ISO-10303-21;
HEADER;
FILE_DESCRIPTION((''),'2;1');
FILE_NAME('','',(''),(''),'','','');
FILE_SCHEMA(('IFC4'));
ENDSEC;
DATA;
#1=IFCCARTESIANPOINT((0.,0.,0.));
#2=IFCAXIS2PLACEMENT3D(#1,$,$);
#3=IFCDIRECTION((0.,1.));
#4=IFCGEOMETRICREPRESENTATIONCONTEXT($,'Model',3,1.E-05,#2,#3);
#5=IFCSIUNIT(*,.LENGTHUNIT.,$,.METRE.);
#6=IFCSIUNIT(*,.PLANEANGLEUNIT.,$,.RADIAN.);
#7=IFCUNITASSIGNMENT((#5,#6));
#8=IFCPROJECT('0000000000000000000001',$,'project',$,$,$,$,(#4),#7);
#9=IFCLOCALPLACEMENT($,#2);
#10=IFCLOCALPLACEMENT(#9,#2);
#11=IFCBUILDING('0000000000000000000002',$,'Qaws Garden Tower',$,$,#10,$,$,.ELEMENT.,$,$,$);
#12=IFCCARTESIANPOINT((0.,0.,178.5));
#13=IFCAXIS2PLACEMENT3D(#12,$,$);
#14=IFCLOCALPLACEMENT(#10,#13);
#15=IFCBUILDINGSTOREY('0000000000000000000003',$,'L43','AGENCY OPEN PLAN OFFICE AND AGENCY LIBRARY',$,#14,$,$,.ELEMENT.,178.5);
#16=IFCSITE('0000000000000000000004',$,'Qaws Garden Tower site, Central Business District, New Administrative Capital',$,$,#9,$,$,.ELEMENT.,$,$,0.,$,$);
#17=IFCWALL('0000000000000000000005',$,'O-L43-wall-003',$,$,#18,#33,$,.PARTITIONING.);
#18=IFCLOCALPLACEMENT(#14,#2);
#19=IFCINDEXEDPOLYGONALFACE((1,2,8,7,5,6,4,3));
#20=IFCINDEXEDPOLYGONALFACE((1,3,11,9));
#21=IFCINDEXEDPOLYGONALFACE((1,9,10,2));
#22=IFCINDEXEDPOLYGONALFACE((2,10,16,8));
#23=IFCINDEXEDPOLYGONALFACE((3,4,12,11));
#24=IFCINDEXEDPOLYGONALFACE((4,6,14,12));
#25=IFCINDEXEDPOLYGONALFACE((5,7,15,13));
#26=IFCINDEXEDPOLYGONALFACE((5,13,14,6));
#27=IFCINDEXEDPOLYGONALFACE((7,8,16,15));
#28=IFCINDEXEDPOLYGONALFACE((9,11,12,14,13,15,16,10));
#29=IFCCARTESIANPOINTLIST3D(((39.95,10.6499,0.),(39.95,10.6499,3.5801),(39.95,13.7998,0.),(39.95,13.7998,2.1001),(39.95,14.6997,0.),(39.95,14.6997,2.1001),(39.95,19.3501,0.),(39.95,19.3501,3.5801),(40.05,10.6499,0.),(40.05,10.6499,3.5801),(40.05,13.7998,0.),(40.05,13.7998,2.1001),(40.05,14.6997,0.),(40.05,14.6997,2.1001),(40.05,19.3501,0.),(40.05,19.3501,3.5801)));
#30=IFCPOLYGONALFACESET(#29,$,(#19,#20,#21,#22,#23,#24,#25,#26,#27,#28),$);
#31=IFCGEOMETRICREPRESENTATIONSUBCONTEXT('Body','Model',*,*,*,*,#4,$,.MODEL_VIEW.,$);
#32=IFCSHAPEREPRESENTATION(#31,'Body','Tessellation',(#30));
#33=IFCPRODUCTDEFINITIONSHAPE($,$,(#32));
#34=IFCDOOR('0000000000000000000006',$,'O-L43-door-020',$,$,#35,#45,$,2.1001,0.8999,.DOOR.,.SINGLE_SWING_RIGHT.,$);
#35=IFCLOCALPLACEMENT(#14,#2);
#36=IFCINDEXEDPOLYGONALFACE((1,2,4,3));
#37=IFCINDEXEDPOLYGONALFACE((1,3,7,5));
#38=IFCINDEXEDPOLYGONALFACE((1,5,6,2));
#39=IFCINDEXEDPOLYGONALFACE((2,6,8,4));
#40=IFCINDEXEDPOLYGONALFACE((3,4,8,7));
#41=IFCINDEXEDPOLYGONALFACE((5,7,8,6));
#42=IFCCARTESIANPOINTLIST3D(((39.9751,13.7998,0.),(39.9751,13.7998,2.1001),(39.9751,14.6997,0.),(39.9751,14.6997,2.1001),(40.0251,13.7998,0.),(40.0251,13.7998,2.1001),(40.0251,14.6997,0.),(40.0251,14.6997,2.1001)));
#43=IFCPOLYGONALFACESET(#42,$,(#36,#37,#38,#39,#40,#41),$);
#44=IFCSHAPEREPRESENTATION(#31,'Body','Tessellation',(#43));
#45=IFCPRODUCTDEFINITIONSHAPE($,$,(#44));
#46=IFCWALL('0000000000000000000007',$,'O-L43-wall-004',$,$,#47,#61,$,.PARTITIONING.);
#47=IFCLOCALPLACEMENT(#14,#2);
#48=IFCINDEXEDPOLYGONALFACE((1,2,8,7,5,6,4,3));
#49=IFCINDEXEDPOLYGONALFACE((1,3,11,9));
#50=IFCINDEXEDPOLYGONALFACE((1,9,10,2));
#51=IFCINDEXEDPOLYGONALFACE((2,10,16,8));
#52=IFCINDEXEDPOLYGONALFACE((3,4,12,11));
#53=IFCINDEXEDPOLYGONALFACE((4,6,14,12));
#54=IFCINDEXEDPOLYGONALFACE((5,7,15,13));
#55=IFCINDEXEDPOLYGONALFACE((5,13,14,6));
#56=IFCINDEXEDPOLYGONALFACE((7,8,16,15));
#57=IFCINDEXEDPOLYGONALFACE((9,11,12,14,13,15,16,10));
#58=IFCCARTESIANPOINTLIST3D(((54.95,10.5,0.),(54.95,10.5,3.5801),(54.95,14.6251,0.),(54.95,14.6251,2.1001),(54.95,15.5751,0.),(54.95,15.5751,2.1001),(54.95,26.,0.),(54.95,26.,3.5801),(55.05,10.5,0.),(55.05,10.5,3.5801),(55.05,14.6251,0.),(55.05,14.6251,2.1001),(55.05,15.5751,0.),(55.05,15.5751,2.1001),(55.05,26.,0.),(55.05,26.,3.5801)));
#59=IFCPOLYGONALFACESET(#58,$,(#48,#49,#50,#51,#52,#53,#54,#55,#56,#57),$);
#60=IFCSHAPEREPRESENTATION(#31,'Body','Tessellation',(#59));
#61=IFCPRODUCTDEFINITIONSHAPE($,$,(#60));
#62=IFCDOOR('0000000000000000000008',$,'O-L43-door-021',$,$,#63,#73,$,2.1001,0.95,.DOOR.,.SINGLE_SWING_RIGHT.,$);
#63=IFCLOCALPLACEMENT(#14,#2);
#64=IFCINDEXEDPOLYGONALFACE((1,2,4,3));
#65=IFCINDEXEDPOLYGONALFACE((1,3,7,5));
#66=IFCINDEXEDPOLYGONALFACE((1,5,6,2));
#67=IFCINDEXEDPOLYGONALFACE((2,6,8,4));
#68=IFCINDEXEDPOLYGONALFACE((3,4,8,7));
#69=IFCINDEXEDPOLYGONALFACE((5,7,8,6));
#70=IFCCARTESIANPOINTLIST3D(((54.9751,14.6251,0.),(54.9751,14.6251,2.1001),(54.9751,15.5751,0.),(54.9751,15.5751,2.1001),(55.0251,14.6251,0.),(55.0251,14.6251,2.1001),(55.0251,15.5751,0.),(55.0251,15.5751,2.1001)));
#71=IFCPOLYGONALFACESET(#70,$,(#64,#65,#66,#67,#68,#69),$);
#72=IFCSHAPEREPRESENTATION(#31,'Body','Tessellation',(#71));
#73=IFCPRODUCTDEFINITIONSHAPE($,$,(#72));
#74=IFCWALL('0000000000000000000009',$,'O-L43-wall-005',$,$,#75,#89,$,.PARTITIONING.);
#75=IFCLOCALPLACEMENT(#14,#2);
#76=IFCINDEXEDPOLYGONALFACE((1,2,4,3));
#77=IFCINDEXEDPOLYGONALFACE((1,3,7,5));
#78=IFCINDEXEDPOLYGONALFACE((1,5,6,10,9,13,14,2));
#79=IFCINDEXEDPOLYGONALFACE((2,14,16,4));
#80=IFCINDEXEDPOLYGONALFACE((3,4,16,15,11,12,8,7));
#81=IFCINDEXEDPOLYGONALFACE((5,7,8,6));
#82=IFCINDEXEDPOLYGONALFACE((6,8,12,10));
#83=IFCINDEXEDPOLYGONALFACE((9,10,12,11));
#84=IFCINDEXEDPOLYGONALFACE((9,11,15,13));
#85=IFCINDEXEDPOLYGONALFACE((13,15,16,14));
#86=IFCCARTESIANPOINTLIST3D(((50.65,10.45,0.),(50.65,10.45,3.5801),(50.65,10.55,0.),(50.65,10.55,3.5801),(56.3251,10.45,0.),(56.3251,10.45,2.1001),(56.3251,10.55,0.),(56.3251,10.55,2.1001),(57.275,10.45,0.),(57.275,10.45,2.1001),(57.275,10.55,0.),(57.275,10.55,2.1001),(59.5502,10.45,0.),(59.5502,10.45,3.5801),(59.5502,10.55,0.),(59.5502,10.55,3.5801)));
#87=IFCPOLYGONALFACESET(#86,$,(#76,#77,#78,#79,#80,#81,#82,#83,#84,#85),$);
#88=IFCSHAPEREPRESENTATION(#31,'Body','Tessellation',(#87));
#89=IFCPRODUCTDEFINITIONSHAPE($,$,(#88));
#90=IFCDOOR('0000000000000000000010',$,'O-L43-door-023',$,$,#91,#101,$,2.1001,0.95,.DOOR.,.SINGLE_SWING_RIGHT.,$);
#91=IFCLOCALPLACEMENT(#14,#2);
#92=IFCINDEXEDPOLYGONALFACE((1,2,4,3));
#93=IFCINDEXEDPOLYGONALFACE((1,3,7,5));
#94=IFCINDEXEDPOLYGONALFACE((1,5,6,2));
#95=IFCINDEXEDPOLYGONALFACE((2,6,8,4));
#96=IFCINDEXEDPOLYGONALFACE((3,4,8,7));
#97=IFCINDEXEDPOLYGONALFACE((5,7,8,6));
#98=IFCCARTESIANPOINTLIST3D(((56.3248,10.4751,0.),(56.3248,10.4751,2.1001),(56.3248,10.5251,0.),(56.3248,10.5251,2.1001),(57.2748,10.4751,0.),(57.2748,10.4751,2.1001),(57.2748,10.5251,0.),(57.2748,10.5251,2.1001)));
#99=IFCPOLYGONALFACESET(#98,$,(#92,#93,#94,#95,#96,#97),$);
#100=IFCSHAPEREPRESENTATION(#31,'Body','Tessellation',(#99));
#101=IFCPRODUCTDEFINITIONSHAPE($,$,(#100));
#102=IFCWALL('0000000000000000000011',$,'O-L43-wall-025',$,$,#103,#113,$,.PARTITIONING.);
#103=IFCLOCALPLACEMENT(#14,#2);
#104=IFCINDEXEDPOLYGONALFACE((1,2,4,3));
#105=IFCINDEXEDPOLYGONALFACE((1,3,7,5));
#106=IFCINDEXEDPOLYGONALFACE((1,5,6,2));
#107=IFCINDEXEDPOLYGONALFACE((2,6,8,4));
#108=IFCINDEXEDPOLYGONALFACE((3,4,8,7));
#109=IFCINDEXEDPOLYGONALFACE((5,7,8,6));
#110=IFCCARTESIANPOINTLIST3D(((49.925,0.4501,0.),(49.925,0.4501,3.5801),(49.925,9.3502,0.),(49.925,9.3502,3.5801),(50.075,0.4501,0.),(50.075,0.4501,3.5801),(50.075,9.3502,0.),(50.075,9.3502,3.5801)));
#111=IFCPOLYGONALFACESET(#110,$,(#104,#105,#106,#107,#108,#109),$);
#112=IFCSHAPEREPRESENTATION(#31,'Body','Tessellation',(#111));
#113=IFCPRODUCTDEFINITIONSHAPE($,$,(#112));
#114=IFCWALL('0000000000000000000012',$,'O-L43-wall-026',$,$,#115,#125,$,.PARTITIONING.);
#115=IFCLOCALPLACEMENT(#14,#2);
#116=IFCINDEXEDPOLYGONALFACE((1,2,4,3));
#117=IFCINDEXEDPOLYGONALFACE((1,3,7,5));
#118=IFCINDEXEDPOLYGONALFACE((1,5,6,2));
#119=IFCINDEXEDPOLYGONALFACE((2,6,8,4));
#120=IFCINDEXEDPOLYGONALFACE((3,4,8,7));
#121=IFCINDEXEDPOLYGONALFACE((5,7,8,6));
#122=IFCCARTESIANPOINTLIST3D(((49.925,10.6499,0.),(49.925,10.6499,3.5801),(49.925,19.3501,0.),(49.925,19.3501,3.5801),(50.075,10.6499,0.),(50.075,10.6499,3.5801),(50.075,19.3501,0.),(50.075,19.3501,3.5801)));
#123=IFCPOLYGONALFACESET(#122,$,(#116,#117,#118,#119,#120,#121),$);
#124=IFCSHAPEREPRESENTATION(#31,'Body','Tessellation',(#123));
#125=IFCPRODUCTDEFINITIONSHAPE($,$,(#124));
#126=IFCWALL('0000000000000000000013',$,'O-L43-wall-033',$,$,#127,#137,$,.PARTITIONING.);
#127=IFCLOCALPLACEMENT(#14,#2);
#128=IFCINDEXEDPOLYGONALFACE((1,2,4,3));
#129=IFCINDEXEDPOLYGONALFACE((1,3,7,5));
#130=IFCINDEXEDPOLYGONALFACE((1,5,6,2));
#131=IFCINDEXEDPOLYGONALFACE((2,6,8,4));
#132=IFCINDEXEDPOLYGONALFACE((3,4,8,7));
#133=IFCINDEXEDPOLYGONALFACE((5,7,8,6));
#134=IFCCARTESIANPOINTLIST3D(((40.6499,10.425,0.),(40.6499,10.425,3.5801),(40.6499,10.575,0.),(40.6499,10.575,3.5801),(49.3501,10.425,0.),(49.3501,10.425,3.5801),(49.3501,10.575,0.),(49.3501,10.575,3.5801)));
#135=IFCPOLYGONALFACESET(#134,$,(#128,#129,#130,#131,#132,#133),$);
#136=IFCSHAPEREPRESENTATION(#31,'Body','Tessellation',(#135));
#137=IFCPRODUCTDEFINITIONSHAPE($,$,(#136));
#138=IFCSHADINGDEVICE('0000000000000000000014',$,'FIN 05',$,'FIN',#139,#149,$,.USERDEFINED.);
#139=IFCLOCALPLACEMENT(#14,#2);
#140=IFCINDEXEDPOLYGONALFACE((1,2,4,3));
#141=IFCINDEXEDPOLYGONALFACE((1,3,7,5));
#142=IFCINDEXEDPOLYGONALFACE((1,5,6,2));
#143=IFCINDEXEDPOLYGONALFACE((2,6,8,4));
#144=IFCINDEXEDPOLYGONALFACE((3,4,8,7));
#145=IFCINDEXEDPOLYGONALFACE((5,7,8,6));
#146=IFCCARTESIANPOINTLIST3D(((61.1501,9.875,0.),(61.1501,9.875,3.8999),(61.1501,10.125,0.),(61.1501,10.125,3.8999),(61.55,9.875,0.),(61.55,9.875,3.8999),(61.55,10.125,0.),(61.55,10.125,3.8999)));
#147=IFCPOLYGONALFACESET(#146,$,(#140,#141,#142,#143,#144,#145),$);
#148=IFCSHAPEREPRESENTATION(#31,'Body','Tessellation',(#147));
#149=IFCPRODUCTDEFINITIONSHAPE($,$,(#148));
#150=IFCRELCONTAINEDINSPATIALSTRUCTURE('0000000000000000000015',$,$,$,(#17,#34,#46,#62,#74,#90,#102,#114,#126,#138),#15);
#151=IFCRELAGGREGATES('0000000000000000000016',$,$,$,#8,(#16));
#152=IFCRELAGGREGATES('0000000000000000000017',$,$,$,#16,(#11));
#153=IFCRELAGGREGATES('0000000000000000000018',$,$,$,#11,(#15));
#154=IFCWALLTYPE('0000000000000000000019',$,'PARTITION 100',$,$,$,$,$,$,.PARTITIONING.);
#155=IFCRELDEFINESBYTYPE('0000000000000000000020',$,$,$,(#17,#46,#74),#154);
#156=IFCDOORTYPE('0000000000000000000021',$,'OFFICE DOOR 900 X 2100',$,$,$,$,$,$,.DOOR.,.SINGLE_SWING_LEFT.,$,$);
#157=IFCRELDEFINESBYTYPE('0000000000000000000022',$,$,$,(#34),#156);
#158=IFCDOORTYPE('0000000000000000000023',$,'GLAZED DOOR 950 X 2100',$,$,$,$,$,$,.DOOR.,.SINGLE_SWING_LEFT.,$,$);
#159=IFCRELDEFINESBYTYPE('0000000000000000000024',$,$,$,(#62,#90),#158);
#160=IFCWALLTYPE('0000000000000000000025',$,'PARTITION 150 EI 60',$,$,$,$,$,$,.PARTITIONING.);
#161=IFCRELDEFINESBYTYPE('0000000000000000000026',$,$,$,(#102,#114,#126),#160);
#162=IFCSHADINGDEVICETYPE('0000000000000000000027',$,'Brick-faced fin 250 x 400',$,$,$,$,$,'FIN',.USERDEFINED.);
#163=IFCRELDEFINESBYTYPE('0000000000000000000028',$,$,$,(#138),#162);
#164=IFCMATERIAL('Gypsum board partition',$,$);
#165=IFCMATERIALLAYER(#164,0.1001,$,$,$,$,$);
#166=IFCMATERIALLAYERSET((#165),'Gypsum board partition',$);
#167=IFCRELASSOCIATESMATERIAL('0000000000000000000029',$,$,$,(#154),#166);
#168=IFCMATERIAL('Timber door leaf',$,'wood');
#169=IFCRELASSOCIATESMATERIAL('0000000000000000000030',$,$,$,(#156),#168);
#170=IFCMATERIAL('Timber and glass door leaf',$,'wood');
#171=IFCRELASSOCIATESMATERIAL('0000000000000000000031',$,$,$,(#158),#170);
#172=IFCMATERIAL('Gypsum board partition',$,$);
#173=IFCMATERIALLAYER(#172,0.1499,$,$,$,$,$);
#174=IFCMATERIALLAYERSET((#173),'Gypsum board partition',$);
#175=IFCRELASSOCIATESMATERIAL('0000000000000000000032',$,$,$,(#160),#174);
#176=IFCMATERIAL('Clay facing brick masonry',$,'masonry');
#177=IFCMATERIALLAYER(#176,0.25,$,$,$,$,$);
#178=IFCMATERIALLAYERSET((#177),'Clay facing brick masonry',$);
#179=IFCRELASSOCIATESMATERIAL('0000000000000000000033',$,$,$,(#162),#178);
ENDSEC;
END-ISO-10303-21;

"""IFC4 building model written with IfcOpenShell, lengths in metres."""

from ifc_helpers import new_model, si_unit, direction, frame, frame_2d, origin, origin_2d, place, context, subcontext, project, spatial, rectangle, extrude, material, layer, layer_set, type_object, element, fill, save


model = new_model("IFC4")

# Units and contexts
model_context = context("Model", 3, precision=1e-05, world=origin(), true_north=direction((0.0, 1.0)))
body_context = subcontext(model_context, "Body", "Model", "MODEL_VIEW")
ifc_project = project(units=[si_unit("LENGTHUNIT", "METRE"), si_unit("PLANEANGLEUNIT", "RADIAN")], contexts=[model_context])

# Site, building, storey
site_placement = place(None, origin())
site = spatial("IfcSite", under=ifc_project, at=site_placement, Name="Qaws Garden Tower site, Central Business District, New Administrative Capital", CompositionType="ELEMENT", RefElevation=0.0)
building_placement = place(site_placement, origin())
building = spatial("IfcBuilding", under=site, at=building_placement, Name="Qaws Garden Tower", CompositionType="ELEMENT")
storey_placement = place(building_placement, frame((0.0, 0.0, 178.5)))
storey = spatial("IfcBuildingStorey", under=building, at=storey_placement, Name="L43", Description="AGENCY OPEN PLAN OFFICE AND AGENCY LIBRARY", CompositionType="ELEMENT", Elevation=178.5)

# Walls, openings, doors
ifc_material_1 = material(Name="Gypsum board partition")
ifc_layer_1 = layer(ifc_material_1, 0.1001)
ifc_layer_set_1 = layer_set([ifc_layer_1], Name="Gypsum board partition")
wall_type_1 = type_object("IfcWallType", Name="PARTITION 100", PredefinedType="PARTITIONING", material=ifc_layer_set_1)
wall_1_placement = place(storey_placement, frame((40.0, 10.6499, 0.0), z_axis=(0.0, 0.0, 1.0), x_axis=(0.0, 1.0, 0.0)))
wall_1 = element("IfcWall", 1, at=wall_1_placement, inside=storey, type_object=wall_type_1, Name="O-L43-wall-003", PredefinedType="PARTITIONING", context=body_context, shape_type="SweptSolid", body=[
    extrude(rectangle(XDim=8.7002, YDim=0.1001, at=frame_2d((4.3501, 0.0))), origin(), (0.0, 0.0, 1.0), 3.5801),
])
opening_1_placement = place(wall_1_placement, frame((3.1499, 0.0, 0.0)))
opening_1 = element("IfcOpeningElement", 2, at=opening_1_placement, cuts=wall_1, PredefinedType="OPENING", context=body_context, shape_type="SweptSolid", body=[
    extrude(rectangle(XDim=0.8999, YDim=2.1001, at=frame_2d((0.45, 1.05))), frame((0.0, 0.0601, 0.0), z_axis=(0.0, -1.0, 0.0), x_axis=(1.0, 0.0, 0.0)), (0.0, 0.0, 1.0), 0.1201),
])
ifc_material_2 = material(Name="Timber door leaf", Category="wood")
door_type_1 = type_object("IfcDoorType", Name="OFFICE DOOR 900 X 2100", OperationType="SINGLE_SWING_LEFT", PredefinedType="DOOR", material=ifc_material_2)
door_1_placement = place(opening_1_placement, origin())
door_1 = element("IfcDoor", 3, at=door_1_placement, inside=storey, type_object=door_type_1, Name="O-L43-door-020", OperationType="SINGLE_SWING_RIGHT", OverallHeight=2.1001, OverallWidth=0.8999, PredefinedType="DOOR", context=body_context, shape_type="SweptSolid", body=[
    extrude(rectangle(XDim=0.8999, YDim=2.1001, at=frame_2d((0.45, 1.05))), frame((0.0, 0.0249, 0.0), z_axis=(0.0, -1.0, 0.0), x_axis=(1.0, 0.0, 0.0)), (0.0, 0.0, 1.0), 0.05),
])
fill(opening_1, door_1)
wall_2_placement = place(storey_placement, frame((55.0, 10.5, 0.0), z_axis=(0.0, 0.0, 1.0), x_axis=(0.0, 1.0, 0.0)))
wall_2 = element("IfcWall", 4, at=wall_2_placement, inside=storey, type_object=wall_type_1, Name="O-L43-wall-004", PredefinedType="PARTITIONING", context=body_context, shape_type="SweptSolid", body=[
    extrude(rectangle(XDim=15.5, YDim=0.1001, at=frame_2d((7.75, 0.0))), origin(), (0.0, 0.0, 1.0), 3.5801),
])
opening_2_placement = place(wall_2_placement, frame((4.125, 0.0, 0.0)))
opening_2 = element("IfcOpeningElement", 5, at=opening_2_placement, cuts=wall_2, PredefinedType="OPENING", context=body_context, shape_type="SweptSolid", body=[
    extrude(rectangle(XDim=0.95, YDim=2.1001, at=frame_2d((0.4751, 1.05))), frame((0.0, 0.0601, 0.0), z_axis=(0.0, -1.0, 0.0), x_axis=(1.0, 0.0, 0.0)), (0.0, 0.0, 1.0), 0.1201),
])
ifc_material_3 = material(Name="Timber and glass door leaf", Category="wood")
door_type_2 = type_object("IfcDoorType", Name="GLAZED DOOR 950 X 2100", OperationType="SINGLE_SWING_LEFT", PredefinedType="DOOR", material=ifc_material_3)
door_2_placement = place(opening_2_placement, origin())
door_2 = element("IfcDoor", 6, at=door_2_placement, inside=storey, type_object=door_type_2, Name="O-L43-door-021", OperationType="SINGLE_SWING_RIGHT", OverallHeight=2.1001, OverallWidth=0.95, PredefinedType="DOOR", context=body_context, shape_type="SweptSolid", body=[
    extrude(rectangle(XDim=0.95, YDim=2.1001, at=frame_2d((0.4751, 1.05))), frame((0.0, 0.0249, 0.0), z_axis=(0.0, -1.0, 0.0), x_axis=(1.0, 0.0, 0.0)), (0.0, 0.0, 1.0), 0.05),
])
fill(opening_2, door_2)
wall_3_placement = place(storey_placement, frame((50.6499, 10.5, 0.0), z_axis=(0.0, 0.0, 1.0), x_axis=(1.0, 0.0, 0.0)))
wall_3 = element("IfcWall", 7, at=wall_3_placement, inside=storey, type_object=wall_type_1, Name="O-L43-wall-005", PredefinedType="PARTITIONING", context=body_context, shape_type="SweptSolid", body=[
    extrude(rectangle(XDim=8.9001, YDim=0.1001, at=frame_2d((4.4502, 0.0))), origin(), (0.0, 0.0, 1.0), 3.5801),
])
opening_3_placement = place(wall_3_placement, frame((5.675, 0.0, 0.0)))
opening_3 = element("IfcOpeningElement", 8, at=opening_3_placement, cuts=wall_3, PredefinedType="OPENING", context=body_context, shape_type="SweptSolid", body=[
    extrude(rectangle(XDim=0.95, YDim=2.1001, at=frame_2d((0.4751, 1.05))), frame((0.0, 0.0601, 0.0), z_axis=(0.0, -1.0, 0.0), x_axis=(1.0, 0.0, 0.0)), (0.0, 0.0, 1.0), 0.1201),
])
door_3_placement = place(opening_3_placement, frame((0.95, 0.0, 0.0), z_axis=(0.0, 0.0, 1.0), x_axis=(-1.0, 0.0, 0.0)))
door_3 = element("IfcDoor", 9, at=door_3_placement, inside=storey, type_object=door_type_2, Name="O-L43-door-023", OperationType="SINGLE_SWING_RIGHT", OverallHeight=2.1001, OverallWidth=0.95, PredefinedType="DOOR", context=body_context, shape_type="SweptSolid", body=[
    extrude(rectangle(XDim=0.95, YDim=2.1001, at=frame_2d((0.4751, 1.05))), frame((0.0, 0.0249, 0.0), z_axis=(0.0, -1.0, 0.0), x_axis=(1.0, 0.0, 0.0)), (0.0, 0.0, 1.0), 0.05),
])
fill(opening_3, door_3)

# Walls
ifc_material_4 = material(Name="Gypsum board partition")
ifc_layer_2 = layer(ifc_material_4, 0.1499)
ifc_layer_set_2 = layer_set([ifc_layer_2], Name="Gypsum board partition")
wall_type_2 = type_object("IfcWallType", Name="PARTITION 150 EI 60", PredefinedType="PARTITIONING", material=ifc_layer_set_2)
wall_4_placement = place(storey_placement, frame((50.0, 0.45, 0.0), z_axis=(0.0, 0.0, 1.0), x_axis=(0.0, 1.0, 0.0)))
element("IfcWall", 10, at=wall_4_placement, inside=storey, type_object=wall_type_2, Name="O-L43-wall-025", PredefinedType="PARTITIONING", context=body_context, shape_type="SweptSolid", body=[
    extrude(rectangle(XDim=8.9001, YDim=0.1499, at=frame_2d((4.4502, 0.0))), origin(), (0.0, 0.0, 1.0), 3.5801),
])
for number, where, z_axis, x_axis, name in (
    (11, (50.0, 10.6499, 0.0), (0.0, 0.0, 1.0), (0.0, 1.0, 0.0), "O-L43-wall-026"),
    (12, (40.6499, 10.5, 0.0), (0.0, 0.0, 1.0), (1.0, 0.0, 0.0), "O-L43-wall-033"),
):
    element("IfcWall", number, at=place(storey_placement, frame(where, z_axis=z_axis, x_axis=x_axis)), inside=storey, type_object=wall_type_2, Name=name, PredefinedType="PARTITIONING", context=body_context, shape_type="SweptSolid", body=[
        extrude(rectangle(XDim=8.7002, YDim=0.1499, at=frame_2d((4.3501, 0.0))), origin(), (0.0, 0.0, 1.0), 3.5801),
    ])

# Shading device
ifc_material_5 = material(Name="Clay facing brick masonry", Category="masonry")
ifc_layer_3 = layer(ifc_material_5, 0.25)
ifc_layer_set_3 = layer_set([ifc_layer_3], Name="Clay facing brick masonry")
shading_device_type = type_object("IfcShadingDeviceType", Name="Brick-faced fin 250 x 400", ElementType="FIN", PredefinedType="USERDEFINED", material=ifc_layer_set_3)
shading_device_placement = place(storey_placement, frame((61.3501, 10.0, 0.0), z_axis=(0.0, 0.0, 1.0), x_axis=(0.0, 1.0, 0.0)))
element("IfcShadingDevice", 13, at=shading_device_placement, inside=storey, type_object=shading_device_type, Name="FIN 05", ObjectType="FIN", PredefinedType="USERDEFINED", context=body_context, shape_type="SweptSolid", body=[
    extrude(rectangle(XDim=0.25, YDim=0.3999, at=origin_2d()), origin(), (0.0, 0.0, 1.0), 3.8999),
])

save(model, "model.ifc")
